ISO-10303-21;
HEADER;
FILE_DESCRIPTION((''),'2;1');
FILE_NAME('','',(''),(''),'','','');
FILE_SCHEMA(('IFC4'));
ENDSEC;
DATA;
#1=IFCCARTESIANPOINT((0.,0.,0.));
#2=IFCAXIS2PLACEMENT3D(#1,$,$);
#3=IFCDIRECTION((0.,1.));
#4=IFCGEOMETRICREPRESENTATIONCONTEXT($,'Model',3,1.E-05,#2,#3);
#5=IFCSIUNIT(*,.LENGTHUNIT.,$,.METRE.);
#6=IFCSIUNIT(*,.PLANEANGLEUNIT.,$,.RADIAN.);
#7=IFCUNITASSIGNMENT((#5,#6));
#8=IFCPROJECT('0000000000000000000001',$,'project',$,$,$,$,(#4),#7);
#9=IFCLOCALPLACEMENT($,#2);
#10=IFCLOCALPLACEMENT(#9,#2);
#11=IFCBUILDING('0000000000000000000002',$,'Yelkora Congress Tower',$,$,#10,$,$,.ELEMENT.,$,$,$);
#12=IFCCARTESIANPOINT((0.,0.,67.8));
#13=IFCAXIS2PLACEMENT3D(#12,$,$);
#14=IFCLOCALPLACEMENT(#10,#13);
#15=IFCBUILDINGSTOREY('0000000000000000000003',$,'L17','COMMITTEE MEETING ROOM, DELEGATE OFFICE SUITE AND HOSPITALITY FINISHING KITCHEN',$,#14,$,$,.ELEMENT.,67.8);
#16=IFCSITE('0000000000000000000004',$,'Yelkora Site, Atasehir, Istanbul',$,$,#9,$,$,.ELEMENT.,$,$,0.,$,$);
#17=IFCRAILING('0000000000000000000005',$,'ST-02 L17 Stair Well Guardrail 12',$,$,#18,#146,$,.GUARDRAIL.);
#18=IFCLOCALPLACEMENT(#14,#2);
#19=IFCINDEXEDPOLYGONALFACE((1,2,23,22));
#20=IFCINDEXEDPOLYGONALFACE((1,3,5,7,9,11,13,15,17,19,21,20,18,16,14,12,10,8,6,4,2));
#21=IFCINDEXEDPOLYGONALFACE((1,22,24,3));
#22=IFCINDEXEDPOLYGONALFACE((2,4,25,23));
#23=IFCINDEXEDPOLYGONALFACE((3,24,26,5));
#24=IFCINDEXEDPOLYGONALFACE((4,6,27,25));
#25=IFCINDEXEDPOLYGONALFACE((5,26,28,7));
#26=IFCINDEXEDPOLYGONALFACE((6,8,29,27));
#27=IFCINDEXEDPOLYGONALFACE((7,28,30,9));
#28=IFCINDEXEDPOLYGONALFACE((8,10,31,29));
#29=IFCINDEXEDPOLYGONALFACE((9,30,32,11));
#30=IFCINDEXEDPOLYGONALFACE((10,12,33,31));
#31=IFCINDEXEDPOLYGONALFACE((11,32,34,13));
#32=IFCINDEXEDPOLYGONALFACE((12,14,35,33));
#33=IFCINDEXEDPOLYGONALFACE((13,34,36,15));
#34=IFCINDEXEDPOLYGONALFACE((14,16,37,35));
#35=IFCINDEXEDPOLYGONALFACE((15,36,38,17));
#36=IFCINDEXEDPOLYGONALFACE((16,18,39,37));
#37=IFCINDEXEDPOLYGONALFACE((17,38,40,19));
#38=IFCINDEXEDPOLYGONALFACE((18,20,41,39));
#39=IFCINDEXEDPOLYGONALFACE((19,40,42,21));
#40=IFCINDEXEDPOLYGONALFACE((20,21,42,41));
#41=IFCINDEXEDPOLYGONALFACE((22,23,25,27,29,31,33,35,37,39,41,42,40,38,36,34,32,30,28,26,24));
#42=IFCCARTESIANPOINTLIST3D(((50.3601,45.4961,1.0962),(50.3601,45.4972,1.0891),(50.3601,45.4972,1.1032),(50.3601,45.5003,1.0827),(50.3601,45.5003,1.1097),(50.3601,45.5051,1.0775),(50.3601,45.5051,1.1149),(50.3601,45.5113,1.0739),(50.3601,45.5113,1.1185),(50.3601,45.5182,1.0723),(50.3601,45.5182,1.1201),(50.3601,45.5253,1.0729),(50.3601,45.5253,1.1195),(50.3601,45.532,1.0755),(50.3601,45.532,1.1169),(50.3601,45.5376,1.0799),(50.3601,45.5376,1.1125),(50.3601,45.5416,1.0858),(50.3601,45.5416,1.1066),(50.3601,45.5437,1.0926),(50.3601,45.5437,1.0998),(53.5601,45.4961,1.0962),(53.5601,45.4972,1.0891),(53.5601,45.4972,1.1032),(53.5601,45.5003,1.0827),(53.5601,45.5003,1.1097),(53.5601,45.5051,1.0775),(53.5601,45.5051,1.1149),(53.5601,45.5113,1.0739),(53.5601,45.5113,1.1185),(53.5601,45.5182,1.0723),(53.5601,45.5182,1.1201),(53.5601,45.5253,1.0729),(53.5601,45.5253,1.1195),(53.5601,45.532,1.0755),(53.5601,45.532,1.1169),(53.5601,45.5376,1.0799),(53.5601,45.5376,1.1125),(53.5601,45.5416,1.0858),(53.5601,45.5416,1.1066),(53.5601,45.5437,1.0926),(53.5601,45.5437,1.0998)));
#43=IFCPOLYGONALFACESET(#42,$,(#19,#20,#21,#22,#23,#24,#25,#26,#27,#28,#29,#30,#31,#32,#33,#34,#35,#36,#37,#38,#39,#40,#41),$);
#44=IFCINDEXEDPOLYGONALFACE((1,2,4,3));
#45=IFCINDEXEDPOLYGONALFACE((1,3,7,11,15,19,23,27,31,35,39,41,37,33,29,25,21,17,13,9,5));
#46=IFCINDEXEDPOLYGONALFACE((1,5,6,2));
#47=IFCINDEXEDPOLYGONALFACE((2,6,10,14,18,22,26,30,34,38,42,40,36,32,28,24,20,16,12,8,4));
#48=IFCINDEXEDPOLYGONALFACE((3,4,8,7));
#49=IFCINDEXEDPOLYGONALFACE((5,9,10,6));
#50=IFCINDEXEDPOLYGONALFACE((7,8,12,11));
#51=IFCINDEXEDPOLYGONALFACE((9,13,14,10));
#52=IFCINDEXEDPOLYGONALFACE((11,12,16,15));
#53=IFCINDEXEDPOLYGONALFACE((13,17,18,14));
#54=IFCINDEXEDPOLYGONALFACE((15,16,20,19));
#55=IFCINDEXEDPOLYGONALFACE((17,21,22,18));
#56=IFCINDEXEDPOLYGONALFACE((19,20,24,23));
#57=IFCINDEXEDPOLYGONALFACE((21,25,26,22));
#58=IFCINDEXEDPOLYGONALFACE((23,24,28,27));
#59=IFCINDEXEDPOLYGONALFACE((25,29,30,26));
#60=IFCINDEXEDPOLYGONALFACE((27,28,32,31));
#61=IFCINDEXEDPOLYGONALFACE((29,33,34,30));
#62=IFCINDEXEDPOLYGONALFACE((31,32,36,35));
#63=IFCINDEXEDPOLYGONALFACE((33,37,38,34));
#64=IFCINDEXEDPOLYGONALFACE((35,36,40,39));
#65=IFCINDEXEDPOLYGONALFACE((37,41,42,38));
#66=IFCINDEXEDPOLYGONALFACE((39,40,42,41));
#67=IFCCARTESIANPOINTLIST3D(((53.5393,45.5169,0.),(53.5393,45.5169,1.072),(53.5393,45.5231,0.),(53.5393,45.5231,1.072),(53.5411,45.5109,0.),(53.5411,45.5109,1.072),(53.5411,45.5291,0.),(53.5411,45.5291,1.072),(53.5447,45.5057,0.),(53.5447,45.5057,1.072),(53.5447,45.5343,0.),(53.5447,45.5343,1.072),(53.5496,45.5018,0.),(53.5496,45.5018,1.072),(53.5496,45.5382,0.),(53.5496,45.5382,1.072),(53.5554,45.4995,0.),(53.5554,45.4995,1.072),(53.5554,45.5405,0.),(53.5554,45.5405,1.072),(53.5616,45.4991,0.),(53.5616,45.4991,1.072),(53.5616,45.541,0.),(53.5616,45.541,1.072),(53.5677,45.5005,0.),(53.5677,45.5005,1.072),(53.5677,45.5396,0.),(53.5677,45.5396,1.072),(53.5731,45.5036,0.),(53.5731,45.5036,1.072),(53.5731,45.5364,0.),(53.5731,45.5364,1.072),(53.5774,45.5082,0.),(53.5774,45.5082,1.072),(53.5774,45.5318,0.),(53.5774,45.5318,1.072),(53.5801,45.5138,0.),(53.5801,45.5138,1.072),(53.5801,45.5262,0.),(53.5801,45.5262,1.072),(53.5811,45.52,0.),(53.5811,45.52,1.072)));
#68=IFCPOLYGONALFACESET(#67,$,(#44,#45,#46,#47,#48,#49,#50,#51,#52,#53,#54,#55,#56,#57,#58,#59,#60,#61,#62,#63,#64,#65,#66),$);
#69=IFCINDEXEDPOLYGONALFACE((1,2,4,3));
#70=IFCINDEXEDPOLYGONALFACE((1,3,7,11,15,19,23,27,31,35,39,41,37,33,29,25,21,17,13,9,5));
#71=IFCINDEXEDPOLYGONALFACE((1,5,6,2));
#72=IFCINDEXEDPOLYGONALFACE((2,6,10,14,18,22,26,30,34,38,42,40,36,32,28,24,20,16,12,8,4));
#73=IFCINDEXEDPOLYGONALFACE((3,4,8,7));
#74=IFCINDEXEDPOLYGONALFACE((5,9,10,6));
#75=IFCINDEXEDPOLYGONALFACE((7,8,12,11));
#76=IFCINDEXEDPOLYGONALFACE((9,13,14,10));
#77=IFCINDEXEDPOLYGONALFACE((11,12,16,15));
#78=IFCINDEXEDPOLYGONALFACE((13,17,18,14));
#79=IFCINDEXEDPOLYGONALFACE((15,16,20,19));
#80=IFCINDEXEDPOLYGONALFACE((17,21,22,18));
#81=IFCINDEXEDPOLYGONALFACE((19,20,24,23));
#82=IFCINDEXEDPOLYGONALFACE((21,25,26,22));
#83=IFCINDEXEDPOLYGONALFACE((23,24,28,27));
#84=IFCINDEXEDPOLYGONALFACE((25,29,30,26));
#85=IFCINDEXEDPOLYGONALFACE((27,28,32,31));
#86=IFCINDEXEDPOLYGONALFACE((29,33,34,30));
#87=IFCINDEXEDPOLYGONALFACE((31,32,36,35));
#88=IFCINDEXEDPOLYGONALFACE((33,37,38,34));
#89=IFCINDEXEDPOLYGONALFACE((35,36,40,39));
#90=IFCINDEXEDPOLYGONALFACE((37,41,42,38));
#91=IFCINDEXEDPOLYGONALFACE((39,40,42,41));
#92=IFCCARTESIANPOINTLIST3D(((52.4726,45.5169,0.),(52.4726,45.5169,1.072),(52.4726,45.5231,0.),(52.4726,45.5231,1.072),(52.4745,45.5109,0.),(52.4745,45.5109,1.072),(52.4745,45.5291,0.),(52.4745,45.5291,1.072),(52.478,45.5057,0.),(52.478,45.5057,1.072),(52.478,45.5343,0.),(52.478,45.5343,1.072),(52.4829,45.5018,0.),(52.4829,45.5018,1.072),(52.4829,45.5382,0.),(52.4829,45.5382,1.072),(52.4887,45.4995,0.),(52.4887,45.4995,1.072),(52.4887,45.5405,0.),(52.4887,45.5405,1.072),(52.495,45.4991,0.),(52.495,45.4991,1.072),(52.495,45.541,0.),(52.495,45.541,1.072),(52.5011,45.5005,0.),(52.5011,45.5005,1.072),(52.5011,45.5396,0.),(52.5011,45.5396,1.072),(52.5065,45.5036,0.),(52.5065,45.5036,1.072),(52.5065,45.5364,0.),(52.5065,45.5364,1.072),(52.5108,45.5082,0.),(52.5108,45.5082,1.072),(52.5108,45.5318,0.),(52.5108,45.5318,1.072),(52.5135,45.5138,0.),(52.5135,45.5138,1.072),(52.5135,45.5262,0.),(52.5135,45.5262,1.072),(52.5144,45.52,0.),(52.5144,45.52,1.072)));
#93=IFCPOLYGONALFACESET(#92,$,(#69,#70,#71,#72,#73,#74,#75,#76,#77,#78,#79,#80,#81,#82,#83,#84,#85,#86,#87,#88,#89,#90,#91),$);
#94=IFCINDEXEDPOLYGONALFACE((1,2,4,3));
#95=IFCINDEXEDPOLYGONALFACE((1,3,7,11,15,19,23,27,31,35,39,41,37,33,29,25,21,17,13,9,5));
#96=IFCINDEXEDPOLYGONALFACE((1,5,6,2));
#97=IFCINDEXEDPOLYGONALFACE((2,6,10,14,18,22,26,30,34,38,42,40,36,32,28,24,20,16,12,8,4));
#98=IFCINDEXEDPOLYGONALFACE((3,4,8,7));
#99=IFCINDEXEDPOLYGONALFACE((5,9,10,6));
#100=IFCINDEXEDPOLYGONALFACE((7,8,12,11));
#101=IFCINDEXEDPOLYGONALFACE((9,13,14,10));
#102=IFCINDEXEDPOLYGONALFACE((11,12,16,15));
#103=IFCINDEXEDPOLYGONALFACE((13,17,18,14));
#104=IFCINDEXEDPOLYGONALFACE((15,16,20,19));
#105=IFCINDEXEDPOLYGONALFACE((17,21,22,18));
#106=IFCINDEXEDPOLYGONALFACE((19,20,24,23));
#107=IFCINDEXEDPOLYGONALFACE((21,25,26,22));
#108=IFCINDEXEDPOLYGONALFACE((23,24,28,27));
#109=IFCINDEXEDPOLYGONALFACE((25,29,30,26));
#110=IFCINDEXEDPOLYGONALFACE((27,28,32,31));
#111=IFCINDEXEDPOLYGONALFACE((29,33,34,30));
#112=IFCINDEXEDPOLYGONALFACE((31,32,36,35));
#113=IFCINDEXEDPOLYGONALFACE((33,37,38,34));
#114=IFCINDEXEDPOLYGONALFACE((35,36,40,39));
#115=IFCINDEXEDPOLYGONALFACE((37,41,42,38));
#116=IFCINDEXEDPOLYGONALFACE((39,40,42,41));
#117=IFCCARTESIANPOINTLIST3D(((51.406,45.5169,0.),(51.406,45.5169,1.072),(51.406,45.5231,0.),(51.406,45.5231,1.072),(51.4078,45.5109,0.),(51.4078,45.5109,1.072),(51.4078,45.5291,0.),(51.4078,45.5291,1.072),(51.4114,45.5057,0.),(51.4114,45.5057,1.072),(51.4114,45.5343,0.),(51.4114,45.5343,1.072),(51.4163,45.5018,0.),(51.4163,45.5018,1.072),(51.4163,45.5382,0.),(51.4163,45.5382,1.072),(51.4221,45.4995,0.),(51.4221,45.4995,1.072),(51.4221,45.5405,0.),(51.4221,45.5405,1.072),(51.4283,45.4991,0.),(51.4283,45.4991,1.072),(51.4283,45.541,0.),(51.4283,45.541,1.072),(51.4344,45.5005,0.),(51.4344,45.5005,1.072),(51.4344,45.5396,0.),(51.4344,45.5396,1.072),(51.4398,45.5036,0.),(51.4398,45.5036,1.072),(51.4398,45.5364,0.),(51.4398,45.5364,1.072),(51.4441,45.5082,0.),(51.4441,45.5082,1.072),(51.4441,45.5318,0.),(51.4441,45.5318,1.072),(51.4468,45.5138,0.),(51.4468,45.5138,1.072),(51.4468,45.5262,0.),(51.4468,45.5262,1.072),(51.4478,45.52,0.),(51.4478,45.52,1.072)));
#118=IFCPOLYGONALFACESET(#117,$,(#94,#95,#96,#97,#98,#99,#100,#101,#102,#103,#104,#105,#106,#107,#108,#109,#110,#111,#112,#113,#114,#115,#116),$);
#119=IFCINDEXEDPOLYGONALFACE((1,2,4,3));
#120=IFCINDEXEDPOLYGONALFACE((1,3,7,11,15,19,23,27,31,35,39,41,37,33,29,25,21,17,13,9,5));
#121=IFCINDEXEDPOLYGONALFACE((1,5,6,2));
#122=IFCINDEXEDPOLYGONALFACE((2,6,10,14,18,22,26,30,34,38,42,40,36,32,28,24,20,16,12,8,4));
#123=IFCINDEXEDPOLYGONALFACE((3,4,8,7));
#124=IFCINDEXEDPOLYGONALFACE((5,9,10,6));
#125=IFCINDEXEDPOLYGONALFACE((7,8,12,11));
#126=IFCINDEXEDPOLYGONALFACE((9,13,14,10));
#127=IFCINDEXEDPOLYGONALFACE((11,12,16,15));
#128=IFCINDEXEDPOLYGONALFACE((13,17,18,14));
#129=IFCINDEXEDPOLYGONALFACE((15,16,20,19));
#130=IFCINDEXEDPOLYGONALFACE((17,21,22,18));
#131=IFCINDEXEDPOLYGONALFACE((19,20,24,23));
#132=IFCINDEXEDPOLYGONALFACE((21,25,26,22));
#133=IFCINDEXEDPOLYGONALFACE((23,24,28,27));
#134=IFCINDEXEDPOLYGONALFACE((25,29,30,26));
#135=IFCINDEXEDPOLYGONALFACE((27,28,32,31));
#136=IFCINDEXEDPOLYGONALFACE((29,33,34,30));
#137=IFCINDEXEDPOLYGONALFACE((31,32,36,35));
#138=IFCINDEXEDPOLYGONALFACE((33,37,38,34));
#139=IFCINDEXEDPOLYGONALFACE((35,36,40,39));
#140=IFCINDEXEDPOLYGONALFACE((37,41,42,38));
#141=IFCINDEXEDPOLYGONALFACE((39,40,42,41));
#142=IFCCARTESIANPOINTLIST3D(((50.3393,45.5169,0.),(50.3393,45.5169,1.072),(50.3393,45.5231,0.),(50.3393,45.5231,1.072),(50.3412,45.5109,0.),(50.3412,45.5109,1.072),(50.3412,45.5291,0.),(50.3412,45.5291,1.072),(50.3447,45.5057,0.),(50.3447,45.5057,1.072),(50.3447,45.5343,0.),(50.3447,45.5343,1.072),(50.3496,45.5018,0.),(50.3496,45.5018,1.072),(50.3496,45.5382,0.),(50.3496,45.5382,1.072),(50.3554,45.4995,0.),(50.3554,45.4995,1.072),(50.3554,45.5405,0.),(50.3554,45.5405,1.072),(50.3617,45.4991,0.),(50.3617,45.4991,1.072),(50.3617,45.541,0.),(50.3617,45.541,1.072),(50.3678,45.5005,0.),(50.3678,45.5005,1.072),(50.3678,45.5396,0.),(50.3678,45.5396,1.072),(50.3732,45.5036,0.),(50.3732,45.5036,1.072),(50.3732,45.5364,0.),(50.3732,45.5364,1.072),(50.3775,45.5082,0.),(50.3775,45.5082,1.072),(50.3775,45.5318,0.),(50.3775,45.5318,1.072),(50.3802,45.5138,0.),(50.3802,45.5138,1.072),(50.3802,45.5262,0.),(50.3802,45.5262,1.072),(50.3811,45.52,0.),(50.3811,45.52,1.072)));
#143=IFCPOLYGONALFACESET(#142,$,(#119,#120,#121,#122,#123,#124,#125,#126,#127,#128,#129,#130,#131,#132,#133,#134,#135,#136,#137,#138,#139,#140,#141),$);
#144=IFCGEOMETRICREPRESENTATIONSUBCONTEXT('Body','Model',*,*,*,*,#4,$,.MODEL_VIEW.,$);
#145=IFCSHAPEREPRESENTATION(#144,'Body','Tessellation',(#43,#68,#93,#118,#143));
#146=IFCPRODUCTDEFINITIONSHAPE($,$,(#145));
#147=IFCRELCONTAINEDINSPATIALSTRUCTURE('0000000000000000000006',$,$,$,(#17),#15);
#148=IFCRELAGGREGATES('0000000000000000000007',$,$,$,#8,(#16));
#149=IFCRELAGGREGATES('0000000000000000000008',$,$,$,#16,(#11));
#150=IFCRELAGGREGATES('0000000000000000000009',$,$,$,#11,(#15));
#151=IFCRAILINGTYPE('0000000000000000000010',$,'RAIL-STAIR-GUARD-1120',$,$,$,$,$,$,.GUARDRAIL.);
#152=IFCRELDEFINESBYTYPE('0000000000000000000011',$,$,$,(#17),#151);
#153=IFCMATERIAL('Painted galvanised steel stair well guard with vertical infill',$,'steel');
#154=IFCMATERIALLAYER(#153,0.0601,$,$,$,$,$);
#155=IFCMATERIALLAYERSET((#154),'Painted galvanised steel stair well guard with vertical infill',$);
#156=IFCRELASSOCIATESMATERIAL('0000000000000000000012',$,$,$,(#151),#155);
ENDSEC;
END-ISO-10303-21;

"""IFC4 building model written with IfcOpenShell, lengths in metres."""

from ifc_helpers import new_model, si_unit, direction, frame, origin, origin_2d, place, context, subcontext, project, spatial, circle, extrude, material, layer, layer_set, type_object, element, save


model = new_model("IFC4")

# Units and contexts
model_context = context("Model", 3, precision=1e-05, world=origin(), true_north=direction((0.0, 1.0)))
body_context = subcontext(model_context, "Body", "Model", "MODEL_VIEW")
ifc_project = project(units=[si_unit("LENGTHUNIT", "METRE"), si_unit("PLANEANGLEUNIT", "RADIAN")], contexts=[model_context])

# Site, building, storey
site_placement = place(None, origin())
site = spatial("IfcSite", under=ifc_project, at=site_placement, Name="Yelkora Site, Atasehir, Istanbul", CompositionType="ELEMENT", RefElevation=0.0)
building_placement = place(site_placement, origin())
building = spatial("IfcBuilding", under=site, at=building_placement, Name="Yelkora Congress Tower", CompositionType="ELEMENT")
storey_placement = place(building_placement, frame((0.0, 0.0, 67.8)))
storey = spatial("IfcBuildingStorey", under=building, at=storey_placement, Name="L17", Description="COMMITTEE MEETING ROOM, DELEGATE OFFICE SUITE AND HOSPITALITY FINISHING KITCHEN", CompositionType="ELEMENT", Elevation=67.8)

# Railing
ifc_material_1 = material(Name="Painted galvanised steel stair well guard with vertical infill", Category="steel")
ifc_layer_1 = layer(ifc_material_1, 0.0601)
ifc_layer_set_1 = layer_set([ifc_layer_1], Name="Painted galvanised steel stair well guard with vertical infill")
railing_type_1 = type_object("IfcRailingType", Name="RAIL-STAIR-GUARD-1120", PredefinedType="GUARDRAIL", material=ifc_layer_set_1)
railing_1_placement = place(storey_placement, frame((53.5601, 45.52, 0.0)))
element("IfcRailing", 1, at=railing_1_placement, inside=storey, type_object=railing_type_1, Name="ST-02 L17 Stair Well Guardrail 12", PredefinedType="GUARDRAIL", context=body_context, shape_type="SweptSolid", body=[
    extrude(circle(Radius=0.0239, at=origin_2d()), frame((0.0, 0.0, 1.0962), z_axis=(-1.0, 0.0, 0.0), x_axis=(0.0, -1.0, 0.0)), (0.0, 0.0, 1.0), 3.2),
    extrude(circle(Radius=0.021, at=origin_2d()), origin(), (0.0, 0.0, 1.0), 1.072),
    extrude(circle(Radius=0.021, at=origin_2d()), frame((-1.0667, 0.0, 0.0)), (0.0, 0.0, 1.0), 1.072),
    extrude(circle(Radius=0.021, at=origin_2d()), frame((-2.1333, 0.0, 0.0)), (0.0, 0.0, 1.0), 1.072),
    extrude(circle(Radius=0.021, at=origin_2d()), frame((-3.2, 0.0, 0.0)), (0.0, 0.0, 1.0), 1.072),
])

save(model, "model.ifc")
